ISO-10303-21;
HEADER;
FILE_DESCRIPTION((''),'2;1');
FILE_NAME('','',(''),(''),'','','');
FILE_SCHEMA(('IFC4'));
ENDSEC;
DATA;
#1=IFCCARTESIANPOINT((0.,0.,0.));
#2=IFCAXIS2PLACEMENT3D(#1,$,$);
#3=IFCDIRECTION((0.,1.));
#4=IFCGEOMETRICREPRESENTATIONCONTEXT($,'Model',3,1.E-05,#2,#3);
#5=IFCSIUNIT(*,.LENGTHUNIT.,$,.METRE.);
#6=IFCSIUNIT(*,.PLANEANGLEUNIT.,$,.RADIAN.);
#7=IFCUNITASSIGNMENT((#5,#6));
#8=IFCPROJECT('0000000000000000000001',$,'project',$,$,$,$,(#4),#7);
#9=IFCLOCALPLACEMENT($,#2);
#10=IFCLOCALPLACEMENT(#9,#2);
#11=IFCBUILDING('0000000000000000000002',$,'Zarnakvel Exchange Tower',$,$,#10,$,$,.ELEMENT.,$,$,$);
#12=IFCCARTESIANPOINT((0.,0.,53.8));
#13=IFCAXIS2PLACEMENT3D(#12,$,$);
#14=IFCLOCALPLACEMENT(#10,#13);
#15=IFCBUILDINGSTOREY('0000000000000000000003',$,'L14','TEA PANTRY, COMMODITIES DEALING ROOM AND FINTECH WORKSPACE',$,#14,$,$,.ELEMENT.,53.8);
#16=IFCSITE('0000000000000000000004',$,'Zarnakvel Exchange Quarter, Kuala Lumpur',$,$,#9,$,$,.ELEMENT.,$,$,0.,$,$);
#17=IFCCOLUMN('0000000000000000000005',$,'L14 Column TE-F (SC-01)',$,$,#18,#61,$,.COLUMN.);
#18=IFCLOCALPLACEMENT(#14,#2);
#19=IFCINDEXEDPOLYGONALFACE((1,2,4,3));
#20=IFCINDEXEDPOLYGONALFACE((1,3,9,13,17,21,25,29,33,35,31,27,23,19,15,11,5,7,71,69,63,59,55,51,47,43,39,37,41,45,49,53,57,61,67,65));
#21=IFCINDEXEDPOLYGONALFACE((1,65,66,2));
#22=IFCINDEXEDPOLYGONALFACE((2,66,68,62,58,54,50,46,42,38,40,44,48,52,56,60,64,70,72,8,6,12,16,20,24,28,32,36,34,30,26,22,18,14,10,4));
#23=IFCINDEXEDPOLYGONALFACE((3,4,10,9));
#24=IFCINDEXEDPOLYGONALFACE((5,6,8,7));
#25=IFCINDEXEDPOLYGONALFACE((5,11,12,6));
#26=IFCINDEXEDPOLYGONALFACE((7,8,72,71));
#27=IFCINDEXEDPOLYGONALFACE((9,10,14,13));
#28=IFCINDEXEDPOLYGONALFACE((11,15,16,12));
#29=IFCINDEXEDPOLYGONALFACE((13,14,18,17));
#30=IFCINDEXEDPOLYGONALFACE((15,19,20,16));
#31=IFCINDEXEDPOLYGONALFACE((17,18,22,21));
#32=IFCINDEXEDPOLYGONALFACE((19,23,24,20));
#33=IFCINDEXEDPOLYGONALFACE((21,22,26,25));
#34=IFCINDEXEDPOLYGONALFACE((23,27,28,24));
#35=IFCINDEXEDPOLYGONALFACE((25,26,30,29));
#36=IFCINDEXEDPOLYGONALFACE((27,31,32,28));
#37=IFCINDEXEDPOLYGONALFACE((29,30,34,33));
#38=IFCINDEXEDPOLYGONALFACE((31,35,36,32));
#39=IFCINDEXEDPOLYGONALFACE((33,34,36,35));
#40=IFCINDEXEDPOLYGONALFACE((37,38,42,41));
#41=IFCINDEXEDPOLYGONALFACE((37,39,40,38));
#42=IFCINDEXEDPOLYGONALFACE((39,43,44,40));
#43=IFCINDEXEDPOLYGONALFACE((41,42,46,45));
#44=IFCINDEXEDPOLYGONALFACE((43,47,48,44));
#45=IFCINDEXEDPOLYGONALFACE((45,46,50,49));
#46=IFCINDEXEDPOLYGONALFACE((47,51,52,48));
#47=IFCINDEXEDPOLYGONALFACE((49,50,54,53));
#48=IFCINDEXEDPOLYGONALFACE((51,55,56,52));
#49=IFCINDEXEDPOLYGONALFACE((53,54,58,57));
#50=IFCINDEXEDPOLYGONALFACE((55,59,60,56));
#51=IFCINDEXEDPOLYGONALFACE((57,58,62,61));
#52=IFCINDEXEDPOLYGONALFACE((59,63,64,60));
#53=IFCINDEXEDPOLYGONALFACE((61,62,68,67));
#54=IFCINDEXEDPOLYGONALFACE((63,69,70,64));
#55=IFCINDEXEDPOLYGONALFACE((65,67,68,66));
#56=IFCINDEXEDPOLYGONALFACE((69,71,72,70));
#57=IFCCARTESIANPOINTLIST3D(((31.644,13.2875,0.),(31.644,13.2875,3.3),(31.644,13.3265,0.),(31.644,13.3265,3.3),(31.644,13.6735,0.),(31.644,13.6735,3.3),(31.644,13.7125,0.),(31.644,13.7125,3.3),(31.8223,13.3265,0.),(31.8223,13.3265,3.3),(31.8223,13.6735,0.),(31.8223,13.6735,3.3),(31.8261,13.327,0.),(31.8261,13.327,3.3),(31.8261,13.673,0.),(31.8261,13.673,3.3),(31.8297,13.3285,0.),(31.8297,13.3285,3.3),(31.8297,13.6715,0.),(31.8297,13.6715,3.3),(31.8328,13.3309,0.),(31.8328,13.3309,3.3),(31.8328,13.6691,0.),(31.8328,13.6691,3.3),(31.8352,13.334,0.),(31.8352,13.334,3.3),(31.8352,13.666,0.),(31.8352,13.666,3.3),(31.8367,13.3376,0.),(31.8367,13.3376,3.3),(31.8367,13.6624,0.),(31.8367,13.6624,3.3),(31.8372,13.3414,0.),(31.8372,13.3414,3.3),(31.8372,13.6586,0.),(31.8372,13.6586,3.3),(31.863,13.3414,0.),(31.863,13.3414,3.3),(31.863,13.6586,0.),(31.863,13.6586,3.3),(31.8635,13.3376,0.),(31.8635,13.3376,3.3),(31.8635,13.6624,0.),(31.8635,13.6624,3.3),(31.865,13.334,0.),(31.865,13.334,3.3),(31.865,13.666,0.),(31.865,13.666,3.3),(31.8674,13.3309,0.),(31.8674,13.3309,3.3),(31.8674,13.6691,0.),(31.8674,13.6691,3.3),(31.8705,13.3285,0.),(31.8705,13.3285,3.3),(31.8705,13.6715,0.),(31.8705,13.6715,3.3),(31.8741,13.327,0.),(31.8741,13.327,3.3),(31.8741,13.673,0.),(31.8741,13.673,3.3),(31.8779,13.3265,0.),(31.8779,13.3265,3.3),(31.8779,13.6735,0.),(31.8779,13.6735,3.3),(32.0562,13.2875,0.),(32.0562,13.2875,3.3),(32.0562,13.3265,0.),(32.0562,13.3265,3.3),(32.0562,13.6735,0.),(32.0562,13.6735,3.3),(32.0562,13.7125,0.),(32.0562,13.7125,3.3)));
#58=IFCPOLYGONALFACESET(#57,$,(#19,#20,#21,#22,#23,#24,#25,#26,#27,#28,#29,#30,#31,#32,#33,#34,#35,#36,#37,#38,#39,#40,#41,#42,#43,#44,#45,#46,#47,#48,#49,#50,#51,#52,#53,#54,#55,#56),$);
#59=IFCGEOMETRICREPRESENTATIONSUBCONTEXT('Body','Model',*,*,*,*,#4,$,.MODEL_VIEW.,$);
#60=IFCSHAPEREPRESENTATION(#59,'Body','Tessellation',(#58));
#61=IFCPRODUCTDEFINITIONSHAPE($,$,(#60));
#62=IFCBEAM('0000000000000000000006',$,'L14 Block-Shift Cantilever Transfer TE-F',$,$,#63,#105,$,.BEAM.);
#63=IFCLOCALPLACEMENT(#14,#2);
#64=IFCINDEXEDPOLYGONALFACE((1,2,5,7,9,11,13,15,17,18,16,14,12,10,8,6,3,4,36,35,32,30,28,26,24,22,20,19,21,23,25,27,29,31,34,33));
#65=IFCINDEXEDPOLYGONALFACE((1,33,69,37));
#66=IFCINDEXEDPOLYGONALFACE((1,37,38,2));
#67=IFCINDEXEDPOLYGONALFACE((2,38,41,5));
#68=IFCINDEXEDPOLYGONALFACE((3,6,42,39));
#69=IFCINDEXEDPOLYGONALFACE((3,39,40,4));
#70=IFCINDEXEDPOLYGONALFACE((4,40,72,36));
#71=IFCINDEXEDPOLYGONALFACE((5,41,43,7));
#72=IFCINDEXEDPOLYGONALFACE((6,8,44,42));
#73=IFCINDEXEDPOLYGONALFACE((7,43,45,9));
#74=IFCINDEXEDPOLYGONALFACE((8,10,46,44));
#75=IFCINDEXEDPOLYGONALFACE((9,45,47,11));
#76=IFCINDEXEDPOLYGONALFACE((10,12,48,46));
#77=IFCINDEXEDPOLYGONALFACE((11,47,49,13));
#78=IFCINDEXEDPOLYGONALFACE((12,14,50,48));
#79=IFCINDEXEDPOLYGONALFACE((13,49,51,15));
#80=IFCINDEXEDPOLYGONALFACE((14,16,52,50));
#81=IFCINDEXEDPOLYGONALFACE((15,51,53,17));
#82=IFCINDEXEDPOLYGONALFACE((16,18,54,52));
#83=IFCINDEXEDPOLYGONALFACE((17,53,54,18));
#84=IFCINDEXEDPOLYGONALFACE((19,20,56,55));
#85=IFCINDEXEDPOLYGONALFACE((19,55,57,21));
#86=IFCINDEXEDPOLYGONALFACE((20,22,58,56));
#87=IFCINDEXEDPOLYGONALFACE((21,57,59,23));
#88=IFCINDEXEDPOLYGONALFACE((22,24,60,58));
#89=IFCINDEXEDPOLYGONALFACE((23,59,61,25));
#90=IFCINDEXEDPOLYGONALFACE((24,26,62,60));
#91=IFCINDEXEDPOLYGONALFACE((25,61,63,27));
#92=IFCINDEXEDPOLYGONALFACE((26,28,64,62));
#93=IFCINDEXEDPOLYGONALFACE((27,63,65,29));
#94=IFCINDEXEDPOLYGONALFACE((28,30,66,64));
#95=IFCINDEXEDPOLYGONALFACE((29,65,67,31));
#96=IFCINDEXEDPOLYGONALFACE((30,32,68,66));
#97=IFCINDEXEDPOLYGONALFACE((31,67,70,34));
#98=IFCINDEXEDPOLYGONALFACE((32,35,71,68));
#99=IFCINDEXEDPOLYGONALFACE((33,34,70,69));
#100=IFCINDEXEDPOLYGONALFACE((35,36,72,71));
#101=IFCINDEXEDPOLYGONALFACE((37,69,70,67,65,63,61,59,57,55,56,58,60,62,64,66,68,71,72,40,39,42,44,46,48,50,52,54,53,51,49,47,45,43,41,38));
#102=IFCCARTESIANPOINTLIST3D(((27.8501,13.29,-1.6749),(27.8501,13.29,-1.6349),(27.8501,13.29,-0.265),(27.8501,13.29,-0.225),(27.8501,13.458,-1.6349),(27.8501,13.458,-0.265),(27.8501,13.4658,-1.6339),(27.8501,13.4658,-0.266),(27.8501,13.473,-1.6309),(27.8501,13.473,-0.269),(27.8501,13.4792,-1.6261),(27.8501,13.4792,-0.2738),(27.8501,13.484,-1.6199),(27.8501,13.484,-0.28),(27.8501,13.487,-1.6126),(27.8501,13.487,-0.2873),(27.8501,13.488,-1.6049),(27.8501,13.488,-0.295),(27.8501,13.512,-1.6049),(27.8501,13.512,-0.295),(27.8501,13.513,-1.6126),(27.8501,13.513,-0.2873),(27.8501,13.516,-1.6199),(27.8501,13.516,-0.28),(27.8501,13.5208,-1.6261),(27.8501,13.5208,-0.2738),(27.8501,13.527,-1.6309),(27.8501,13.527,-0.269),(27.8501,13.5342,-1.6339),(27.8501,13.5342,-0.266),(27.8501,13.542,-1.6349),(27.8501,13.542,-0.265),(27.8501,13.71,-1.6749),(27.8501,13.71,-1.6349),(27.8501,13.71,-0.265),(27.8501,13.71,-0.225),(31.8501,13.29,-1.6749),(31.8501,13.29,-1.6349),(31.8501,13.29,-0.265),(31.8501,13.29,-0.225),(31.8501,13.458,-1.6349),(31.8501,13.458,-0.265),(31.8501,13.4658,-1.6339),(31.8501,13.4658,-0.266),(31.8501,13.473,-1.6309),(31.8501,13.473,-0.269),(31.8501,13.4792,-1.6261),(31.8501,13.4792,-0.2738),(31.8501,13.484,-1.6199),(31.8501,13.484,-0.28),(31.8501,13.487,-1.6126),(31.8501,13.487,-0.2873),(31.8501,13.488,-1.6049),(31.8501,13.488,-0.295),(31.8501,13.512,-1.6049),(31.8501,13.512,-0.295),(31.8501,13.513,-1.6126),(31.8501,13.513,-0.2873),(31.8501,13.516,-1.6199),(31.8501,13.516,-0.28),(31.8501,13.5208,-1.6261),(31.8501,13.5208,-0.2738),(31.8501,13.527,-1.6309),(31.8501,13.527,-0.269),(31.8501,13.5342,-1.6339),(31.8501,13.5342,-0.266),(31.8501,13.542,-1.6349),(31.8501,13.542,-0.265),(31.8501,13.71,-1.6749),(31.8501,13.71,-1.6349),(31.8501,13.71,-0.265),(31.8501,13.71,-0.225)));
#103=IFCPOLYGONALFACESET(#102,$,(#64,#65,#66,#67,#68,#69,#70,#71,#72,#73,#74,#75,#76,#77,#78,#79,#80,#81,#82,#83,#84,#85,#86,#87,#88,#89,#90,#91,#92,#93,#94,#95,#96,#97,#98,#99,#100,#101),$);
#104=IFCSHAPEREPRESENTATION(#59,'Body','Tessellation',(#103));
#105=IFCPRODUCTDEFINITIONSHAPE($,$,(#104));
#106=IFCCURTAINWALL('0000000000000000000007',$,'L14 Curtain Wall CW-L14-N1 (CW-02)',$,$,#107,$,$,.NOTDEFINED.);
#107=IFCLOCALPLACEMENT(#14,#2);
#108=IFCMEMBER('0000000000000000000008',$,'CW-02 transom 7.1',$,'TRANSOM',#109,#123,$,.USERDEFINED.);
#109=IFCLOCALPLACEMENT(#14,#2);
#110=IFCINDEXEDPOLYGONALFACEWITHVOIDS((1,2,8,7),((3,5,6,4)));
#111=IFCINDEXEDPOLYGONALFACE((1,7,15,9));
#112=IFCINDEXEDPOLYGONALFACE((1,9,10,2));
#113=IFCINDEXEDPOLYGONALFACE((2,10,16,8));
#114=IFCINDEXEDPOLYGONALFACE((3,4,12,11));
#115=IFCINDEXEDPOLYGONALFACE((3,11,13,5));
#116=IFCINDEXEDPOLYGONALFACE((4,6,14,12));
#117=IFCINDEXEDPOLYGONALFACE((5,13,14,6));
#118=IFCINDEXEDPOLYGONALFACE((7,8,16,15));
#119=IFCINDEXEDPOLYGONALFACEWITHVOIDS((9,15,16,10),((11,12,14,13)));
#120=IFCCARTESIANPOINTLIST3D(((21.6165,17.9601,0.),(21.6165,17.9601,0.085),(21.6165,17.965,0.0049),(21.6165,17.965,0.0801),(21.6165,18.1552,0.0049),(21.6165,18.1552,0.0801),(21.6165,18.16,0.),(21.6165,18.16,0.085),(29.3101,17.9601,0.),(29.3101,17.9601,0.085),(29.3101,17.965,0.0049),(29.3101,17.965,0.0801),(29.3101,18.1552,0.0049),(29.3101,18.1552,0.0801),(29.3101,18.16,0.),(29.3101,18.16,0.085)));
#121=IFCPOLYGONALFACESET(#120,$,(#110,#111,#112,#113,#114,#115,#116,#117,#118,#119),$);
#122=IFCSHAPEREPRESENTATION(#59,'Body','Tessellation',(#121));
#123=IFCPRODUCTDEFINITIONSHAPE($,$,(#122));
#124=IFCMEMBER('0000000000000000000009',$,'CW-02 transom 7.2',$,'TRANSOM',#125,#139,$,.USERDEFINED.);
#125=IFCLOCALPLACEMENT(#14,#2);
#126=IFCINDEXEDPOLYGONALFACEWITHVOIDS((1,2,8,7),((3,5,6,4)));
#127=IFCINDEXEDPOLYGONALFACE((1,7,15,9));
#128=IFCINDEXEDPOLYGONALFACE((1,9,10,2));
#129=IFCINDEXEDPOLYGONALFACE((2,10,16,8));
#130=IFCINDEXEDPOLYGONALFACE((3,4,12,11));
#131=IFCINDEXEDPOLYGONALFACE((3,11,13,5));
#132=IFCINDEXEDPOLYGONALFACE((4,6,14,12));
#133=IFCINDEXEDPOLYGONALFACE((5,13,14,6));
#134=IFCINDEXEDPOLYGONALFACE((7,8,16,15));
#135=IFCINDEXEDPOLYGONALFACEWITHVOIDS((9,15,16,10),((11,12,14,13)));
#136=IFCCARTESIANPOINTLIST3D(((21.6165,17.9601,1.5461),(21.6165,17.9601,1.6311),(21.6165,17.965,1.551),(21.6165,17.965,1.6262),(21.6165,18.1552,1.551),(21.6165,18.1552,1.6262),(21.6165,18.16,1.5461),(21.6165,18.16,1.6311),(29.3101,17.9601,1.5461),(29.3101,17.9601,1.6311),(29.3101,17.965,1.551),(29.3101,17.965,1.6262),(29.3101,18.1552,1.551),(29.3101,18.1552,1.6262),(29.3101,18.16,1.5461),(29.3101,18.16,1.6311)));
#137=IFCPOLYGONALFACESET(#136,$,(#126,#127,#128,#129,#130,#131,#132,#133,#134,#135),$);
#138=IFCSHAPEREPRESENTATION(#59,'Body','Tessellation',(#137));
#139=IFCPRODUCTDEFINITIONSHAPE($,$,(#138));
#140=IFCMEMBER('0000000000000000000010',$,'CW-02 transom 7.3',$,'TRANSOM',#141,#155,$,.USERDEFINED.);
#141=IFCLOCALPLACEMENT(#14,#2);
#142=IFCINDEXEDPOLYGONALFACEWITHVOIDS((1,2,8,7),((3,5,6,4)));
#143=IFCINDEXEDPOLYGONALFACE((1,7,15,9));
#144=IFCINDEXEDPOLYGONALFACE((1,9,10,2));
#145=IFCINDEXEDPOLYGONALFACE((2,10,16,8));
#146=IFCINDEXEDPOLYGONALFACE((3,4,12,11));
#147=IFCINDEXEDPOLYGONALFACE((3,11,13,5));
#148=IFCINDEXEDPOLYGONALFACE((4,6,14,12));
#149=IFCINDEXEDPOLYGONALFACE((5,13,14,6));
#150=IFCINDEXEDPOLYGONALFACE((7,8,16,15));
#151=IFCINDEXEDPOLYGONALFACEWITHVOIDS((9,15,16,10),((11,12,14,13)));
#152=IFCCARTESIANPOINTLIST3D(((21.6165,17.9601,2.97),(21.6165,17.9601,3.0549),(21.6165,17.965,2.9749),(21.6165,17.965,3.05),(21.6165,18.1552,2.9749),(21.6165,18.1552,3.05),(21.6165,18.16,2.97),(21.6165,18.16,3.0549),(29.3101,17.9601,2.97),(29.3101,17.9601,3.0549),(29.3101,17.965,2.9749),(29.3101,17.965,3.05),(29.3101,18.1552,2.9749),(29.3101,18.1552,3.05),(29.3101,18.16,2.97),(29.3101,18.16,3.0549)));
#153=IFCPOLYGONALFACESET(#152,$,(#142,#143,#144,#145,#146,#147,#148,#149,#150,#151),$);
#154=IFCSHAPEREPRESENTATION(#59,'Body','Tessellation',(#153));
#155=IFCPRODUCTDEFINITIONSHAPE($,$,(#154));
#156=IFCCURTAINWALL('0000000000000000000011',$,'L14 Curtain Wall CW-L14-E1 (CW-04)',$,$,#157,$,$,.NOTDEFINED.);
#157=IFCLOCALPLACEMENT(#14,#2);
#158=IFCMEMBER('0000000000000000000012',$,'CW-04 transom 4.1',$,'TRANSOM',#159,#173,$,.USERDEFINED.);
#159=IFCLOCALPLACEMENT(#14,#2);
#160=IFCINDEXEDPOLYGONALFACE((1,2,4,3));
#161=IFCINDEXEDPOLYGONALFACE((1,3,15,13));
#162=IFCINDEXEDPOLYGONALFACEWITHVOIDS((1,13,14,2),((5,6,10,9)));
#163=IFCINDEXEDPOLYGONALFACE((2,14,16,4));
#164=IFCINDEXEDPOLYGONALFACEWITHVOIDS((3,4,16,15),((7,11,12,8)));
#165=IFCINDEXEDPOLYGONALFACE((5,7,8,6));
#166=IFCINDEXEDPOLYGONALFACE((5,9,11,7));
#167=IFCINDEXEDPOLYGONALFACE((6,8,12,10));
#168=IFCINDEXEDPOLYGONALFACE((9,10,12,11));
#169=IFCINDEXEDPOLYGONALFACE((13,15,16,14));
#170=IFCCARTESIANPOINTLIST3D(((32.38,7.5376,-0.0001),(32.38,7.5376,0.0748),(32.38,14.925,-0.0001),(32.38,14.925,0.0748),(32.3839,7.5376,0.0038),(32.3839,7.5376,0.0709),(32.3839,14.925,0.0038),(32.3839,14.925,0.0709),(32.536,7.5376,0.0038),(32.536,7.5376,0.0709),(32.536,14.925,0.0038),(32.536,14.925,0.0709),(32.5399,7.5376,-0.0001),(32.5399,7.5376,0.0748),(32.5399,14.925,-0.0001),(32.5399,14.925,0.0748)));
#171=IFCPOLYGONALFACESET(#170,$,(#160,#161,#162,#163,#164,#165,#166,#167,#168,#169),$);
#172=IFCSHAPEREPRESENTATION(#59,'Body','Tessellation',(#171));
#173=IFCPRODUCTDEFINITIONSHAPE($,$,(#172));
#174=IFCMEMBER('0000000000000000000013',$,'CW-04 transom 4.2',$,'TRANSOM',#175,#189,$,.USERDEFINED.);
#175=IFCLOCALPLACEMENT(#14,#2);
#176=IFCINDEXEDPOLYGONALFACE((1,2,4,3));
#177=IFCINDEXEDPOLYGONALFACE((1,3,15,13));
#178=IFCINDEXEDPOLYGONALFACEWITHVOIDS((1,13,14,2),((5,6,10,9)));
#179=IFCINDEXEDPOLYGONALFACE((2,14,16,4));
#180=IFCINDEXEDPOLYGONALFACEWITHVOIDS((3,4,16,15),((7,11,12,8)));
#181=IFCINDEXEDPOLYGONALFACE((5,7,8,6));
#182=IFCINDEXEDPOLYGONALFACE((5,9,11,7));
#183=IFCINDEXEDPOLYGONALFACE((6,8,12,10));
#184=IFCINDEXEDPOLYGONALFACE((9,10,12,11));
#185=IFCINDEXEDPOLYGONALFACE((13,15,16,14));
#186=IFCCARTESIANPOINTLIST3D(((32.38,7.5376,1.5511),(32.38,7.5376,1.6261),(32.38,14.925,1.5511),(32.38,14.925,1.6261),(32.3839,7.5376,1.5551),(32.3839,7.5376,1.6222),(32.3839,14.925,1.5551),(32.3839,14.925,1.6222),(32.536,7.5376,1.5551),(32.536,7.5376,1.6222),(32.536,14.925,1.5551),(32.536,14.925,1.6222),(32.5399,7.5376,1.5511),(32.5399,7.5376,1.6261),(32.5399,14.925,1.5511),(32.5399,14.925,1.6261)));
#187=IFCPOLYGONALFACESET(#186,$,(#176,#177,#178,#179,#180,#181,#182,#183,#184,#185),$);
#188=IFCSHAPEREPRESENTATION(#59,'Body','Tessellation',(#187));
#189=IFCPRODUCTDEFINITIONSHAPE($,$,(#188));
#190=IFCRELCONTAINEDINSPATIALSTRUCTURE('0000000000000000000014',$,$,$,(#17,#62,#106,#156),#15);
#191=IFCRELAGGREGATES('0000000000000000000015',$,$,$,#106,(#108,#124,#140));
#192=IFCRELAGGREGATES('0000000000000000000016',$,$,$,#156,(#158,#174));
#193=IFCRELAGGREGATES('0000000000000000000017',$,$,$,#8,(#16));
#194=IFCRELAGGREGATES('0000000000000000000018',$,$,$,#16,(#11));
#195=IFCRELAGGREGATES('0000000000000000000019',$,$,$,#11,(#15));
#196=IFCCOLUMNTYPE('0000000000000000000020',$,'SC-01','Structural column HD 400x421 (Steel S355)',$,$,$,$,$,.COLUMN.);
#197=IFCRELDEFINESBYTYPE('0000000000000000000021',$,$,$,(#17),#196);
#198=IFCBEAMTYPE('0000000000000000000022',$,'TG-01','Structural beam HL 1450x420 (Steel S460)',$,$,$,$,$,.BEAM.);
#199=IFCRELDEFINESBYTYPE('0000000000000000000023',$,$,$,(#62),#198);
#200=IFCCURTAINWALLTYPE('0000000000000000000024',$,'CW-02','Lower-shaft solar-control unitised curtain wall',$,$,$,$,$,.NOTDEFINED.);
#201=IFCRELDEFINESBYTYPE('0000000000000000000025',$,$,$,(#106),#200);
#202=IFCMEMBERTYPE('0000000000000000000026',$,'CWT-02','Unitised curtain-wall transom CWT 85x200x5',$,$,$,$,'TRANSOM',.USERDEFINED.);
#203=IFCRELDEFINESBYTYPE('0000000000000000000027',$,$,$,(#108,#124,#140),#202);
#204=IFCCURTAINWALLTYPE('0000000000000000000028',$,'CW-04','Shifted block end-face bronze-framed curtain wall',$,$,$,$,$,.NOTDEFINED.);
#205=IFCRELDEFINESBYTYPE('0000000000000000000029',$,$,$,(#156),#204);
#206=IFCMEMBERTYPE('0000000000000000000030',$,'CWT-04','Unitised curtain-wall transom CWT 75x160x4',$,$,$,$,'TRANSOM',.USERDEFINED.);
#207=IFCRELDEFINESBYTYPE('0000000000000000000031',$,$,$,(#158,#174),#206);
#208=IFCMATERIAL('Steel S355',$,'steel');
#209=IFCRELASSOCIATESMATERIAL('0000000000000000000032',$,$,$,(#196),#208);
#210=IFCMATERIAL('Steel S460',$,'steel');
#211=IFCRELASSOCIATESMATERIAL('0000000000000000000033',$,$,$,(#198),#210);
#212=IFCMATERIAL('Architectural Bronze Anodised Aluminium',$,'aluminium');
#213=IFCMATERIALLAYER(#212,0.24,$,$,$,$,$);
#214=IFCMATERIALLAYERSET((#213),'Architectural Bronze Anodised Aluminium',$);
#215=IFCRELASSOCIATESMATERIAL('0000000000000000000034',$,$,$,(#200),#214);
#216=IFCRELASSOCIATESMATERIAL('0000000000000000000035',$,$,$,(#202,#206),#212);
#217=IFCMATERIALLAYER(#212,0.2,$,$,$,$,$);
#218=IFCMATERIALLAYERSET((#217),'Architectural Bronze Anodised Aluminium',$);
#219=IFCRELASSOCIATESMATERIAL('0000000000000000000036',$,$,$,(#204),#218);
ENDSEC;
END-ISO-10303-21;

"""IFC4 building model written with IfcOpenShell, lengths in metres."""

from ifc_helpers import new_model, si_unit, direction, frame, origin, origin_2d, place, context, subcontext, project, spatial, hollow_rectangle, i_section, extrude, source, transform, mapped, material, layer, layer_set, material_profile, profile_set, type_object, element, aggregate, save


model = new_model("IFC4")

# Units and contexts
model_context = context("Model", 3, precision=1e-05, world=origin(), true_north=direction((0.0, 1.0)))
body_context = subcontext(model_context, "Body", "Model", "MODEL_VIEW")
ifc_project = project(units=[si_unit("LENGTHUNIT", "METRE"), si_unit("PLANEANGLEUNIT", "RADIAN")], contexts=[model_context])

# Site, building, storey
site_placement = place(None, origin())
site = spatial("IfcSite", under=ifc_project, at=site_placement, Name="Zarnakvel Exchange Quarter, Kuala Lumpur", CompositionType="ELEMENT", RefElevation=0.0)
building_placement = place(site_placement, origin())
building = spatial("IfcBuilding", under=site, at=building_placement, Name="Zarnakvel Exchange Tower", CompositionType="ELEMENT")
storey_placement = place(building_placement, frame((0.0, 0.0, 53.8)))
storey = spatial("IfcBuildingStorey", under=building, at=storey_placement, Name="L14", Description="TEA PANTRY, COMMODITIES DEALING ROOM AND FINTECH WORKSPACE", CompositionType="ELEMENT", Elevation=53.8)

# Column
ifc_material_1 = material(Name="Steel S355", Category="steel")
ifc_material_profile_1 = material_profile(ifc_material_1, i_section(OverallWidth=0.4121, OverallDepth=0.425, WebThickness=0.0259, FlangeThickness=0.0391, FilletRadius=0.0149, at=origin_2d()))
ifc_profile_set_1 = profile_set([ifc_material_profile_1], Name="Steel S355")
column_type = type_object("IfcColumnType", Name="SC-01", Description="Structural column HD 400x421 (Steel S355)", PredefinedType="COLUMN", material=ifc_profile_set_1)
column_placement = place(storey_placement, frame((31.8501, 13.5, 0.0), z_axis=(0.0, 0.0, 1.0), x_axis=(1.0, 0.0, 0.0)))
element("IfcColumn", 1, at=column_placement, inside=storey, type_object=column_type, Name="L14 Column TE-F (SC-01)", PredefinedType="COLUMN", context=body_context, shape_type="SweptSolid", body=[
    extrude(i_section(OverallWidth=0.4121, OverallDepth=0.425, WebThickness=0.0259, FlangeThickness=0.0391, FilletRadius=0.0149, at=origin_2d()), origin(), (0.0, 0.0, 1.0), 3.3),
])

# Beam
ifc_material_2 = material(Name="Steel S460", Category="steel")
ifc_material_profile_2 = material_profile(ifc_material_2, i_section(OverallWidth=0.4199, OverallDepth=1.45, WebThickness=0.0239, FlangeThickness=0.04, FilletRadius=0.03, at=origin_2d()))
ifc_profile_set_2 = profile_set([ifc_material_profile_2], Name="Steel S460")
beam_type = type_object("IfcBeamType", Name="TG-01", Description="Structural beam HL 1450x420 (Steel S460)", PredefinedType="BEAM", material=ifc_profile_set_2)
beam_placement = place(storey_placement, frame((27.8501, 13.5, -0.95), z_axis=(1.0, 0.0, 0.0), x_axis=(0.0, 1.0, 0.0)))
element("IfcBeam", 2, at=beam_placement, inside=storey, type_object=beam_type, Name="L14 Block-Shift Cantilever Transfer TE-F", PredefinedType="BEAM", context=body_context, shape_type="SweptSolid", body=[
    extrude(i_section(OverallWidth=0.4199, OverallDepth=1.45, WebThickness=0.0239, FlangeThickness=0.04, FilletRadius=0.03, at=origin_2d()), origin(), (0.0, 0.0, 1.0), 4.0),
])

# Curtain walls, members
ifc_material_3 = material(Name="Architectural Bronze Anodised Aluminium", Category="aluminium")
ifc_layer_1 = layer(ifc_material_3, 0.24)
ifc_layer_set_1 = layer_set([ifc_layer_1], Name="Architectural Bronze Anodised Aluminium")
curtain_wall_type_1 = type_object("IfcCurtainWallType", Name="CW-02", Description="Lower-shaft solar-control unitised curtain wall", PredefinedType="NOTDEFINED", material=ifc_layer_set_1)
curtain_wall_1_placement = place(storey_placement, origin())
curtain_wall_1 = element("IfcCurtainWall", 3, at=curtain_wall_1_placement, inside=storey, type_object=curtain_wall_type_1, Name="L14 Curtain Wall CW-L14-N1 (CW-02)", PredefinedType="NOTDEFINED")
ifc_material_profile_3 = material_profile(ifc_material_3, hollow_rectangle(XDim=0.2, YDim=0.085, WallThickness=0.0049, at=origin_2d()))
ifc_profile_set_3 = profile_set([ifc_material_profile_3], Name="Architectural Bronze Anodised Aluminium")
member_type_1 = type_object("IfcMemberType", Name="CWT-02", Description="Unitised curtain-wall transom CWT 85x200x5", ElementType="TRANSOM", PredefinedType="USERDEFINED", material=ifc_profile_set_3)
shared_shape_1 = source(origin(), body_context, "Body", "SweptSolid", [
    extrude(hollow_rectangle(XDim=0.2, YDim=0.085, WallThickness=0.0049, at=origin_2d()), origin(), (0.0, 0.0, 1.0), 7.6936),
])
member_1_placement = place(storey_placement, frame((21.6165, 18.0601, 0.0425), z_axis=(1.0, 0.0, 0.0), x_axis=(0.0, 1.0, 0.0)))
member_1 = element("IfcMember", 4, at=member_1_placement, type_object=member_type_1, Name="CW-02 transom 7.1", ObjectType="TRANSOM", PredefinedType="USERDEFINED", context=body_context, shape_type="MappedRepresentation", body=[
    mapped(shared_shape_1, transform((0.0, 0.0, 0.0), x_axis=(1.0, 0.0, 0.0), y_axis=(0.0, 1.0, 0.0), z_axis=(0.0, 0.0, 1.0), scale=1.0)),
])
member_2_placement = place(storey_placement, frame((21.6165, 18.0601, 1.5886), z_axis=(1.0, 0.0, 0.0), x_axis=(0.0, 1.0, 0.0)))
member_2 = element("IfcMember", 5, at=member_2_placement, type_object=member_type_1, Name="CW-02 transom 7.2", ObjectType="TRANSOM", PredefinedType="USERDEFINED", context=body_context, shape_type="MappedRepresentation", body=[
    mapped(shared_shape_1, transform((0.0, 0.0, 0.0), x_axis=(1.0, 0.0, 0.0), y_axis=(0.0, 1.0, 0.0), z_axis=(0.0, 0.0, 1.0), scale=1.0)),
])
member_3_placement = place(storey_placement, frame((21.6165, 18.0601, 3.0125), z_axis=(1.0, 0.0, 0.0), x_axis=(0.0, 1.0, 0.0)))
member_3 = element("IfcMember", 6, at=member_3_placement, type_object=member_type_1, Name="CW-02 transom 7.3", ObjectType="TRANSOM", PredefinedType="USERDEFINED", context=body_context, shape_type="MappedRepresentation", body=[
    mapped(shared_shape_1, transform((0.0, 0.0, 0.0), x_axis=(1.0, 0.0, 0.0), y_axis=(0.0, 1.0, 0.0), z_axis=(0.0, 0.0, 1.0), scale=1.0)),
])
ifc_layer_2 = layer(ifc_material_3, 0.2)
ifc_layer_set_2 = layer_set([ifc_layer_2], Name="Architectural Bronze Anodised Aluminium")
curtain_wall_type_2 = type_object("IfcCurtainWallType", Name="CW-04", Description="Shifted block end-face bronze-framed curtain wall", PredefinedType="NOTDEFINED", material=ifc_layer_set_2)
curtain_wall_2_placement = place(storey_placement, origin())
curtain_wall_2 = element("IfcCurtainWall", 7, at=curtain_wall_2_placement, inside=storey, type_object=curtain_wall_type_2, Name="L14 Curtain Wall CW-L14-E1 (CW-04)", PredefinedType="NOTDEFINED")
ifc_material_profile_4 = material_profile(ifc_material_3, hollow_rectangle(XDim=0.1599, YDim=0.075, WallThickness=0.0039, at=origin_2d()))
ifc_profile_set_4 = profile_set([ifc_material_profile_4], Name="Architectural Bronze Anodised Aluminium")
member_type_2 = type_object("IfcMemberType", Name="CWT-04", Description="Unitised curtain-wall transom CWT 75x160x4", ElementType="TRANSOM", PredefinedType="USERDEFINED", material=ifc_profile_set_4)
shared_shape_2 = source(origin(), body_context, "Body", "SweptSolid", [
    extrude(hollow_rectangle(XDim=0.1599, YDim=0.075, WallThickness=0.0039, at=origin_2d()), origin(), (0.0, 0.0, 1.0), 7.3875),
])
member_4_placement = place(storey_placement, frame((32.46, 7.5376, 0.0374), z_axis=(0.0, 1.0, 0.0), x_axis=(-1.0, 0.0, 0.0)))
member_4 = element("IfcMember", 8, at=member_4_placement, type_object=member_type_2, Name="CW-04 transom 4.1", ObjectType="TRANSOM", PredefinedType="USERDEFINED", context=body_context, shape_type="MappedRepresentation", body=[
    mapped(shared_shape_2, transform((0.0, 0.0, 0.0), x_axis=(1.0, 0.0, 0.0), y_axis=(0.0, 1.0, 0.0), z_axis=(0.0, 0.0, 1.0), scale=1.0)),
])
member_5_placement = place(storey_placement, frame((32.46, 7.5376, 1.5886), z_axis=(0.0, 1.0, 0.0), x_axis=(-1.0, 0.0, 0.0)))
member_5 = element("IfcMember", 9, at=member_5_placement, type_object=member_type_2, Name="CW-04 transom 4.2", ObjectType="TRANSOM", PredefinedType="USERDEFINED", context=body_context, shape_type="MappedRepresentation", body=[
    mapped(shared_shape_2, transform((0.0, 0.0, 0.0), x_axis=(1.0, 0.0, 0.0), y_axis=(0.0, 1.0, 0.0), z_axis=(0.0, 0.0, 1.0), scale=1.0)),
])

aggregate(curtain_wall_1, [member_1, member_2, member_3])
aggregate(curtain_wall_2, [member_4, member_5])

save(model, "model.ifc")
